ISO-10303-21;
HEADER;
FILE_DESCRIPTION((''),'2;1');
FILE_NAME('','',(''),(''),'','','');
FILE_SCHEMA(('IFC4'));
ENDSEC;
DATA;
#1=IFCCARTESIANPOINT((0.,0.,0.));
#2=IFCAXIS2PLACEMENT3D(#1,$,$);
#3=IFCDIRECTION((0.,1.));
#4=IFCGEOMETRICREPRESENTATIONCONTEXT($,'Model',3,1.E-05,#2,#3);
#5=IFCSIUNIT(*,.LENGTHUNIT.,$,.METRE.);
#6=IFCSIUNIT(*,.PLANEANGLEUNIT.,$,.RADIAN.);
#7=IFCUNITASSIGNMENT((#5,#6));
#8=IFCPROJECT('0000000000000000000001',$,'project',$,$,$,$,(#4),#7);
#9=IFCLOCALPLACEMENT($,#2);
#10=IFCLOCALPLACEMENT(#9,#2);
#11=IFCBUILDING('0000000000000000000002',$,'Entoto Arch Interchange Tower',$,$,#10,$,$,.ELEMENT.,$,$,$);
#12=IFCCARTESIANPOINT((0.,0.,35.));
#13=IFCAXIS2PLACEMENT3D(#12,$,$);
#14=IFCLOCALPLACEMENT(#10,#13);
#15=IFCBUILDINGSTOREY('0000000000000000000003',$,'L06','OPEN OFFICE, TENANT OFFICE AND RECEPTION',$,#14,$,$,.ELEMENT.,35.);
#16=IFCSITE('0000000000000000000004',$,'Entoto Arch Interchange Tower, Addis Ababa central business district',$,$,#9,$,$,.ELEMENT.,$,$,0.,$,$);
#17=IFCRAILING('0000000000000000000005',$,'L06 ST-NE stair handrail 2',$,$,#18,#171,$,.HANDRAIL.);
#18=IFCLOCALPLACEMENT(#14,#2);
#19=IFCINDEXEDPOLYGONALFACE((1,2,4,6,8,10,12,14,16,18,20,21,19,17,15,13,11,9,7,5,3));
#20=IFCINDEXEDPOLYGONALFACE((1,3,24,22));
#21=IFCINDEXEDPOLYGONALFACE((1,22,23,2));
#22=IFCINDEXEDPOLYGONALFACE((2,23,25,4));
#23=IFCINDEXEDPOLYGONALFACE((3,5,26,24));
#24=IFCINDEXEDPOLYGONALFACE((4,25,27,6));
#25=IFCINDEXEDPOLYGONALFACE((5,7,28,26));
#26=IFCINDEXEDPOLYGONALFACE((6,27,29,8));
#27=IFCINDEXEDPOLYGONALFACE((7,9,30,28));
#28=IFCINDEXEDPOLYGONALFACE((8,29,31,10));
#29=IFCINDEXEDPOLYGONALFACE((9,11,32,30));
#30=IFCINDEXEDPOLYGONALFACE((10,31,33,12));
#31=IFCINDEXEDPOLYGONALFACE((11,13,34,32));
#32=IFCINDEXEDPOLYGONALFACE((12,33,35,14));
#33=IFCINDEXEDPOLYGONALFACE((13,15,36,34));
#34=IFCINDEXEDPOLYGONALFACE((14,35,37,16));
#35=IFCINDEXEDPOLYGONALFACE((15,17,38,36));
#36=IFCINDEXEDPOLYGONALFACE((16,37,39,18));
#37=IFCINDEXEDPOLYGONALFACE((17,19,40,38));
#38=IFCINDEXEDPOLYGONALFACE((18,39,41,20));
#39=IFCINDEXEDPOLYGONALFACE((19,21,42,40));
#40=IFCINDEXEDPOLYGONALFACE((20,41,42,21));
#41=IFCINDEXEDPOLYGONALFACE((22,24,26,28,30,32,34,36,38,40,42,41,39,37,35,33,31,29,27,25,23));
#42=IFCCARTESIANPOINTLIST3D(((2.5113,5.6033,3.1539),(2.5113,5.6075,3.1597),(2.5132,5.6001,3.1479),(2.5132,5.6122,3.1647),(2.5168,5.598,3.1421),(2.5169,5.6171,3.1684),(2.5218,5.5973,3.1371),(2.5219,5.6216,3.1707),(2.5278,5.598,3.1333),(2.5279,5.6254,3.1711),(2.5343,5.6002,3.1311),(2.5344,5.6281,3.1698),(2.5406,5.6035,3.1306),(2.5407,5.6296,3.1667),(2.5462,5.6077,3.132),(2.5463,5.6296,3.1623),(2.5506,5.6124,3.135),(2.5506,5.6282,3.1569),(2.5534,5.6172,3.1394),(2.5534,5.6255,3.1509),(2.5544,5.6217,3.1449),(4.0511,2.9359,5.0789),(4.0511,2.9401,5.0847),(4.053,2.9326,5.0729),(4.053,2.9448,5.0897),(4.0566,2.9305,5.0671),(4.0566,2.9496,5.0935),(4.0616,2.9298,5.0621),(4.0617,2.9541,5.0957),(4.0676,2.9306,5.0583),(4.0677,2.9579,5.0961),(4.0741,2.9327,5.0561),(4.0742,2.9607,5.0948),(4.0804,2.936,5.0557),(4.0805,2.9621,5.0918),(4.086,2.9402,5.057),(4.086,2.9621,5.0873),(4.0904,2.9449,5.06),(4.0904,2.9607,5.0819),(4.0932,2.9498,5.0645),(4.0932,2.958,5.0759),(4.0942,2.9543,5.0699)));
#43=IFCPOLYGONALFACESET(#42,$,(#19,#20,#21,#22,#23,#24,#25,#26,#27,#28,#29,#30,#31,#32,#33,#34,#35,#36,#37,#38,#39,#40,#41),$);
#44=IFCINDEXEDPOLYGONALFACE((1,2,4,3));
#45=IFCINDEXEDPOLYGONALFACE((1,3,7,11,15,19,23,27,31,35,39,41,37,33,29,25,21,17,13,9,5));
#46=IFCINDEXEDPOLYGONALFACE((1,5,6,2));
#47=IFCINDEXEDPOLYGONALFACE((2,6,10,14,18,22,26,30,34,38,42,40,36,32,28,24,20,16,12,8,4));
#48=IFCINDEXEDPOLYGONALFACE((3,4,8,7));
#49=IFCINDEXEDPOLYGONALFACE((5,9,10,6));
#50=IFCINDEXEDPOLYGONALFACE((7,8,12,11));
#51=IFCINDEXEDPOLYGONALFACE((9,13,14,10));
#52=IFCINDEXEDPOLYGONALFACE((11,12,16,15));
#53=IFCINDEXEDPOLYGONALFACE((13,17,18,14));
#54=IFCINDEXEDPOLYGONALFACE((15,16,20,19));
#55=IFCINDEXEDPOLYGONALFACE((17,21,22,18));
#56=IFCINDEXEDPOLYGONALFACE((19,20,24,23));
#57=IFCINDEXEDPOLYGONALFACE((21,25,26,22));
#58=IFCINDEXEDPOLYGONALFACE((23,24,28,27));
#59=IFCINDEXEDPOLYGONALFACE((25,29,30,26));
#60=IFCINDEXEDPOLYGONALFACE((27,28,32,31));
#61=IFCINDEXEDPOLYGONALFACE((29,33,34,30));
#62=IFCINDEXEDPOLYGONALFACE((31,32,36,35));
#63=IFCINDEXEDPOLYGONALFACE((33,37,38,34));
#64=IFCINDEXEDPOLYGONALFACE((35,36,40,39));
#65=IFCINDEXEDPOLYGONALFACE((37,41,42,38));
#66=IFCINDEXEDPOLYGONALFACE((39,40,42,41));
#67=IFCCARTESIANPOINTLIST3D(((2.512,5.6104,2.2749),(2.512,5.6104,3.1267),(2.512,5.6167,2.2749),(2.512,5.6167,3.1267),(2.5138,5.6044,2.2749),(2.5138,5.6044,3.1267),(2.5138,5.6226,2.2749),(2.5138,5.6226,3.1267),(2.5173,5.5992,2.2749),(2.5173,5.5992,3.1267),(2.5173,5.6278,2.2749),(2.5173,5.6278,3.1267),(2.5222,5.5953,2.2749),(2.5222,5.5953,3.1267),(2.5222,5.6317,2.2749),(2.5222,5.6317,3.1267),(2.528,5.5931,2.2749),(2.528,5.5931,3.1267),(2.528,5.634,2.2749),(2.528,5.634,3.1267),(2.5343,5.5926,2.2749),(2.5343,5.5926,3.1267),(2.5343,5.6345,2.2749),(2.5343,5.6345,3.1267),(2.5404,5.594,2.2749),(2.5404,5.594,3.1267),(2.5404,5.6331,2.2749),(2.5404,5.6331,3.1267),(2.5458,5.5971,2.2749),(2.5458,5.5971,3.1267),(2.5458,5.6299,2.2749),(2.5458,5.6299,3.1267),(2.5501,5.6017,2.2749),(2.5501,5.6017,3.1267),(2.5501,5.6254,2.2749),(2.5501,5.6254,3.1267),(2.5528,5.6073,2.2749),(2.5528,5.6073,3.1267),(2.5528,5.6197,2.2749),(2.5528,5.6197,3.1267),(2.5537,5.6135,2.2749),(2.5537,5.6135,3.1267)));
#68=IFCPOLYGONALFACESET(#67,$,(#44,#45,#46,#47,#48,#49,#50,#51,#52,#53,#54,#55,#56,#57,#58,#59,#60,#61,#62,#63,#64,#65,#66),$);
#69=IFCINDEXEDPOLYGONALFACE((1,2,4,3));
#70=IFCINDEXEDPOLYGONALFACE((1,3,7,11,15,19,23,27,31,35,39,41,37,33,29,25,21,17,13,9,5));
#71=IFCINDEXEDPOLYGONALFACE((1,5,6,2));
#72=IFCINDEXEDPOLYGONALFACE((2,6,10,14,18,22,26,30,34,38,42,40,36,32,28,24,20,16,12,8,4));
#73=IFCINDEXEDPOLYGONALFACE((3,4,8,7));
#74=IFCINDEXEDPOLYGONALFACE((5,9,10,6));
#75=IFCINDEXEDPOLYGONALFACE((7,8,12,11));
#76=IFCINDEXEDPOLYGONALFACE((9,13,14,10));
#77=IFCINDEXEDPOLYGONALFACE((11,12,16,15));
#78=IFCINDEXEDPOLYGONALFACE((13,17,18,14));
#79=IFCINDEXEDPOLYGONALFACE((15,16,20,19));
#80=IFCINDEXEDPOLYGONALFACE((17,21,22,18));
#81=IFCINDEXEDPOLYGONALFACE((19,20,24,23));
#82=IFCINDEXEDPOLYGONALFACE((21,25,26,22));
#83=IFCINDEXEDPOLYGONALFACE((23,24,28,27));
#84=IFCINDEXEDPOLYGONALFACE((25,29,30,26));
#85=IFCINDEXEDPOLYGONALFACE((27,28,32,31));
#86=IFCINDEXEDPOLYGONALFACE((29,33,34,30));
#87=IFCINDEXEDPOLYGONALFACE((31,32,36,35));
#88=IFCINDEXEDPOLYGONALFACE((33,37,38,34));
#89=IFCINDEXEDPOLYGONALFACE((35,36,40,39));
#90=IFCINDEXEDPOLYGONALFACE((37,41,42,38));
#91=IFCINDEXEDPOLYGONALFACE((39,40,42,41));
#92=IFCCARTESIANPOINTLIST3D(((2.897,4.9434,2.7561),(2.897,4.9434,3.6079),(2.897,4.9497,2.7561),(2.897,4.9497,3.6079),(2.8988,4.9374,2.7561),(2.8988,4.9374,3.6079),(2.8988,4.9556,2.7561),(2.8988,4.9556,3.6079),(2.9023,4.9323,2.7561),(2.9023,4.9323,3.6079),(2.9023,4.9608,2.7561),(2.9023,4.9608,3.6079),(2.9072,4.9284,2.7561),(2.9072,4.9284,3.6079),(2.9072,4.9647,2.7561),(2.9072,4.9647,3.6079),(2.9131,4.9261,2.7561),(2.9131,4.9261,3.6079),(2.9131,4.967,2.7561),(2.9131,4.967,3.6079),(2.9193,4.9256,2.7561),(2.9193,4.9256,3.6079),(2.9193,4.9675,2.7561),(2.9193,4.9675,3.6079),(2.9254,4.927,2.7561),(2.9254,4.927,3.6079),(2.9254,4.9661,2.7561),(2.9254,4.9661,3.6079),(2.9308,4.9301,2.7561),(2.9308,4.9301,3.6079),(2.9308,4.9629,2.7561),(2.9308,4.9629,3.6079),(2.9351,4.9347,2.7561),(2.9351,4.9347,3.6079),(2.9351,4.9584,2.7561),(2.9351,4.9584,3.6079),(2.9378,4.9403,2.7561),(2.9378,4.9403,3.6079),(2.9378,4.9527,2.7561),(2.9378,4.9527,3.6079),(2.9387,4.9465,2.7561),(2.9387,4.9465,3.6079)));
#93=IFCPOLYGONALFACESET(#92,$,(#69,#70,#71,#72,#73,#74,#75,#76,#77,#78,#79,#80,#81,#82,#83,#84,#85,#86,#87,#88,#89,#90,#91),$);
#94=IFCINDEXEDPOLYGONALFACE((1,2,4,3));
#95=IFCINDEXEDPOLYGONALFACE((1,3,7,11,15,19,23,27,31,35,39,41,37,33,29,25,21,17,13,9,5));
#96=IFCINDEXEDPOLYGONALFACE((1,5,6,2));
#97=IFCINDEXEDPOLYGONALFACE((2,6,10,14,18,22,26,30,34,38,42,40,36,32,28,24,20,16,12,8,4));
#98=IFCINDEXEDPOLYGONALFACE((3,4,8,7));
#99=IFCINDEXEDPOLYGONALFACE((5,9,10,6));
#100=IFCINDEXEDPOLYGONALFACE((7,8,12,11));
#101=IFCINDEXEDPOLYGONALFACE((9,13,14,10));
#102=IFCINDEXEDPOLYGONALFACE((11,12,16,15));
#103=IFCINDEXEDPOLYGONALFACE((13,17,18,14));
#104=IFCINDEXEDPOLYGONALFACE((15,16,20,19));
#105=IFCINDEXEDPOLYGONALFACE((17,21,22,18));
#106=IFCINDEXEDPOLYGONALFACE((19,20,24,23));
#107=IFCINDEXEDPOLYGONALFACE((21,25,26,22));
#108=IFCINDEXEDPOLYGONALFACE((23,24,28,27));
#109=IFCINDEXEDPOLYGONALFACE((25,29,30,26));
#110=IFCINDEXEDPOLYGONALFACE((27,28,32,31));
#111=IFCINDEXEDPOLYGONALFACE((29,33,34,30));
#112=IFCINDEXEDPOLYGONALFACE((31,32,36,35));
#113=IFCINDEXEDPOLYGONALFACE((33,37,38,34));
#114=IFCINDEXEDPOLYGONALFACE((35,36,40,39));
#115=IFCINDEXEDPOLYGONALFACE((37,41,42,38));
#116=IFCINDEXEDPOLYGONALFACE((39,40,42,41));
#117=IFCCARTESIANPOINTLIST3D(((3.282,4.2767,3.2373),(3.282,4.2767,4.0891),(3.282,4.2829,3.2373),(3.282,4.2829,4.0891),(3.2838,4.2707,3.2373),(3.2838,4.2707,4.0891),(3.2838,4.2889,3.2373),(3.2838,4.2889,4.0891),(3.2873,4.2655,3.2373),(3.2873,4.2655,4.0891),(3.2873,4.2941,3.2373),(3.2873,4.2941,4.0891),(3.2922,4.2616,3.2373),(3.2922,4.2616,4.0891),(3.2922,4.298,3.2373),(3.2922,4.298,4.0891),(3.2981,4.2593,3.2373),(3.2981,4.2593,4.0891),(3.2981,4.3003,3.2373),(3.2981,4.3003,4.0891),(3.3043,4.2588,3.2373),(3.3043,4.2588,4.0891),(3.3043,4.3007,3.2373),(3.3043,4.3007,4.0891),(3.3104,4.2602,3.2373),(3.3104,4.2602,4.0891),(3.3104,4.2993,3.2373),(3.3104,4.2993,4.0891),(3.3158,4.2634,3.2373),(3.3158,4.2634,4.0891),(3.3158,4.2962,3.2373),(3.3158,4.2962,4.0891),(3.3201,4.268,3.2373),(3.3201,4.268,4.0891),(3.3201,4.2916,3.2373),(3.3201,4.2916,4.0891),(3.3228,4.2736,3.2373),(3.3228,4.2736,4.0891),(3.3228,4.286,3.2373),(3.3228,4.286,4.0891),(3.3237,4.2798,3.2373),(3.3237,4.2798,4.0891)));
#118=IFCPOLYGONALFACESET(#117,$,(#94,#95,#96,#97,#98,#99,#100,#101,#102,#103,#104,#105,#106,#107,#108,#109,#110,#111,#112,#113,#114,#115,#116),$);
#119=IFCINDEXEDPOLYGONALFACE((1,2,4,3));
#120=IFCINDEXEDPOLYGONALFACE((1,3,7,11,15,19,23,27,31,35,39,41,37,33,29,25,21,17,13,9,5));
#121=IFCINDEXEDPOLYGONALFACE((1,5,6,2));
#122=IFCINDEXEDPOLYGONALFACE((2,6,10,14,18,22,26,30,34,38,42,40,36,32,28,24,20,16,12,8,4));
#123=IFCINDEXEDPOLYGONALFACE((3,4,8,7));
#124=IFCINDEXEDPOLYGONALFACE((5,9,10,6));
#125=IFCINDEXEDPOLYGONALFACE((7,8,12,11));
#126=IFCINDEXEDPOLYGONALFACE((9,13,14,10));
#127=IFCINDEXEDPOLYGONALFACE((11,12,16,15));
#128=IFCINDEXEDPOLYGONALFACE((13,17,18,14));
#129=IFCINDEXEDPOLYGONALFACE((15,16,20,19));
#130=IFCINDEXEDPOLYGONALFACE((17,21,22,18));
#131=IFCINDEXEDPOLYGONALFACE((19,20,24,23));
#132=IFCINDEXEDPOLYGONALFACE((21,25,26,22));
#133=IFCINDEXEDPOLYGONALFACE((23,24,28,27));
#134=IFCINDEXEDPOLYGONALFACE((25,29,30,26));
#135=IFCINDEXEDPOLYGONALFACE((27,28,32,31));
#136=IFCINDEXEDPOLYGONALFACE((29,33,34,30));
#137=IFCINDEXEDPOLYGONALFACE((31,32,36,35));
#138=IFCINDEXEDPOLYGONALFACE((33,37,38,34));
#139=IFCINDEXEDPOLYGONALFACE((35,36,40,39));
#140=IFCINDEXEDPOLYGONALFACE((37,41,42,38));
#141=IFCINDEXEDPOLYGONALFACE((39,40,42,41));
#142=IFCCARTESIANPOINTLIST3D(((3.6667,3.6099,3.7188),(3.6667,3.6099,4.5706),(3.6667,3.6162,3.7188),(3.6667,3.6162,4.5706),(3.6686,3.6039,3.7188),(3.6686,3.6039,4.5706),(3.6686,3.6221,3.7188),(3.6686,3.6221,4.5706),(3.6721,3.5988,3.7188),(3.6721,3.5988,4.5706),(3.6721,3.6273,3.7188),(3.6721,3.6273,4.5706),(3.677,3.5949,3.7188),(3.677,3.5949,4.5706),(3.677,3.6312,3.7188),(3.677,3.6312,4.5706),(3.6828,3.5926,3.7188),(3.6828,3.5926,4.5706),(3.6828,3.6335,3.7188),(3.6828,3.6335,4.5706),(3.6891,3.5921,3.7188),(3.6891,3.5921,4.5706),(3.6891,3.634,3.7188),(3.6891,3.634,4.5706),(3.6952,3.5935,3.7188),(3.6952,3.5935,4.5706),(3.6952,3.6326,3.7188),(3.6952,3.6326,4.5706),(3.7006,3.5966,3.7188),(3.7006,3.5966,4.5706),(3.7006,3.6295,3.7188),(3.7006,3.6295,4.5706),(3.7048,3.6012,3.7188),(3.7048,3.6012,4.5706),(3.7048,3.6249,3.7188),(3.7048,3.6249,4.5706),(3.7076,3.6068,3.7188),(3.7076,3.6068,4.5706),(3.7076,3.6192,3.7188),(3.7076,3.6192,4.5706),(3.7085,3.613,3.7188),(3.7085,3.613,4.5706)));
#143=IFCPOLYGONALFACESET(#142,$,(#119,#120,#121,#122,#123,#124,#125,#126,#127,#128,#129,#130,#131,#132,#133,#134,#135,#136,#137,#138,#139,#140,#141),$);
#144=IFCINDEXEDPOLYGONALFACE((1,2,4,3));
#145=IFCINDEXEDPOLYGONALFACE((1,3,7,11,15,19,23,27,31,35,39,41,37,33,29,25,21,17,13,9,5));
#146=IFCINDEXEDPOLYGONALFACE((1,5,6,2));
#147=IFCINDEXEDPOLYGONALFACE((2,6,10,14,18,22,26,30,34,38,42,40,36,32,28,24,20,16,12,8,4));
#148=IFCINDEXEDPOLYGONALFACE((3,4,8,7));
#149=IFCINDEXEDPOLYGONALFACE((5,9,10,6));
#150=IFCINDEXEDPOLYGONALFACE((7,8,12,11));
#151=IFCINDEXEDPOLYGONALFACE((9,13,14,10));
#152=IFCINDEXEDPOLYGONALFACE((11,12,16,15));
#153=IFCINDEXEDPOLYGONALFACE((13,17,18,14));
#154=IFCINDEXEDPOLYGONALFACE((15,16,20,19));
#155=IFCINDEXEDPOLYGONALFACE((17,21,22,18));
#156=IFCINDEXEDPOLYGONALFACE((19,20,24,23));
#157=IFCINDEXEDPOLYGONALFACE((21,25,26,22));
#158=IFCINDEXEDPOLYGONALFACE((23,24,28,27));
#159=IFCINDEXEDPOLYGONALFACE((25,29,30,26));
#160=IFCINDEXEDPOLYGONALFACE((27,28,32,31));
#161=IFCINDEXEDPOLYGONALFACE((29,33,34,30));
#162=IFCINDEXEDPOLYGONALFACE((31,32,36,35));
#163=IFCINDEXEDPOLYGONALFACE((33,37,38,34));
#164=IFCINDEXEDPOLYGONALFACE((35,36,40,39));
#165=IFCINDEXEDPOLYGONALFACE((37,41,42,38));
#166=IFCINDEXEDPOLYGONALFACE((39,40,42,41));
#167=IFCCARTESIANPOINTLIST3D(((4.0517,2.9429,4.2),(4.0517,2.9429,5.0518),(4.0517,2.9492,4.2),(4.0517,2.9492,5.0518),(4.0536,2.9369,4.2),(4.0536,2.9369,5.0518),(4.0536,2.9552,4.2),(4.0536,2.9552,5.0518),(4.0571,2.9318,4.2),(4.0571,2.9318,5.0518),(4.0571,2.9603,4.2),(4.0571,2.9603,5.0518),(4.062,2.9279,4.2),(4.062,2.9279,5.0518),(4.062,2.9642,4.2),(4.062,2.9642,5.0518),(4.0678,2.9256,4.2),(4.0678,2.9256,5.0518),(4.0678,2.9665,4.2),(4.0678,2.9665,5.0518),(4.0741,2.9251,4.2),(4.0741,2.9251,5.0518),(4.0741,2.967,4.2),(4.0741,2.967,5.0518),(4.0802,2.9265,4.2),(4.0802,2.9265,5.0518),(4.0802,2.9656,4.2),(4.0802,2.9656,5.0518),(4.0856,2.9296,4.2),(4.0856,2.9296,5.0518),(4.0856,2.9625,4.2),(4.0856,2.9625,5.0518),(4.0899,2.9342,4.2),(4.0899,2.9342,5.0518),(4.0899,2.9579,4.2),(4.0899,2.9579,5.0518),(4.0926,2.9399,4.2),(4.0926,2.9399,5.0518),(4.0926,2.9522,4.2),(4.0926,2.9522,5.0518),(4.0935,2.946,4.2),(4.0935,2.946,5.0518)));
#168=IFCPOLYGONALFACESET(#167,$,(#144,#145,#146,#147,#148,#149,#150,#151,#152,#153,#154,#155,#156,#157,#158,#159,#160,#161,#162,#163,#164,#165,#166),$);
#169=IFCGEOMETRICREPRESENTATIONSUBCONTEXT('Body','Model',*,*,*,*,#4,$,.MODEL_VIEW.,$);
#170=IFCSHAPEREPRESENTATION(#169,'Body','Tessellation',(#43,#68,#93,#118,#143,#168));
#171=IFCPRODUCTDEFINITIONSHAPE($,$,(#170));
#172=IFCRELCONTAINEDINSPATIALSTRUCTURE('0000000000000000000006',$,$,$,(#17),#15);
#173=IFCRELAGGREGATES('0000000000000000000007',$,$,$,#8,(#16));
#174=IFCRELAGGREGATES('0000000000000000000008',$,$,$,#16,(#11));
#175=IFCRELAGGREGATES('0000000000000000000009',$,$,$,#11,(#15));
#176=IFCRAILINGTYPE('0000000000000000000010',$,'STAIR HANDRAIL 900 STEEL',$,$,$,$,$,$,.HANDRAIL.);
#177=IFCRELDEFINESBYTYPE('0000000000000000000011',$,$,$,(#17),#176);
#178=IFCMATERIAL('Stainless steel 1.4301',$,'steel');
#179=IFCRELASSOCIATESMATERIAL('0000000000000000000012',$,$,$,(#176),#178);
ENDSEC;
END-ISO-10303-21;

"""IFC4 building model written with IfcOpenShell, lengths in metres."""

from ifc_helpers import new_model, si_unit, direction, frame, origin, origin_2d, place, context, subcontext, project, spatial, circle, extrude, material, type_object, element, save


model = new_model("IFC4")

# Units and contexts
model_context = context("Model", 3, precision=1e-05, world=origin(), true_north=direction((0.0, 1.0)))
body_context = subcontext(model_context, "Body", "Model", "MODEL_VIEW")
ifc_project = project(units=[si_unit("LENGTHUNIT", "METRE"), si_unit("PLANEANGLEUNIT", "RADIAN")], contexts=[model_context])

# Site, building, storey
site_placement = place(None, origin())
site = spatial("IfcSite", under=ifc_project, at=site_placement, Name="Entoto Arch Interchange Tower, Addis Ababa central business district", CompositionType="ELEMENT", RefElevation=0.0)
building_placement = place(site_placement, origin())
building = spatial("IfcBuilding", under=site, at=building_placement, Name="Entoto Arch Interchange Tower", CompositionType="ELEMENT")
storey_placement = place(building_placement, frame((0.0, 0.0, 35.0)))
storey = spatial("IfcBuildingStorey", under=building, at=storey_placement, Name="L06", Description="OPEN OFFICE, TENANT OFFICE AND RECEPTION", CompositionType="ELEMENT", Elevation=35.0)

# Railing
ifc_material_1 = material(Name="Stainless steel 1.4301", Category="steel")
railing_type_1 = type_object("IfcRailingType", Name="STAIR HANDRAIL 900 STEEL", PredefinedType="HANDRAIL", material=ifc_material_1)
railing_1_placement = place(storey_placement, frame((2.5327, 5.6135, 2.2749)))
element("IfcRailing", 1, at=railing_1_placement, inside=storey, type_object=railing_type_1, Name="L06 ST-NE stair handrail 2", PredefinedType="HANDRAIL", context=body_context, shape_type="SweptSolid", body=[
    extrude(circle(Radius=0.0239, at=origin_2d()), frame((0.0, 0.0, 0.876), z_axis=(0.423939, -0.734416, 0.530008), x_axis=(0.866064, 0.499933, 0.0)), (0.0, 0.0, 1.0), 3.6321),
    extrude(circle(Radius=0.021, at=origin_2d()), origin(), (0.0, 0.0, 1.0), 0.8518),
    extrude(circle(Radius=0.021, at=origin_2d()), frame((0.385, -0.667, 0.4812)), (0.0, 0.0, 1.0), 0.8518),
    extrude(circle(Radius=0.021, at=origin_2d()), frame((0.77, -1.3337, 0.9624)), (0.0, 0.0, 1.0), 0.8518),
    extrude(circle(Radius=0.021, at=origin_2d()), frame((1.1548, -2.0005, 1.4438)), (0.0, 0.0, 1.0), 0.8518),
    extrude(circle(Radius=0.021, at=origin_2d()), frame((1.5398, -2.6675, 1.925)), (0.0, 0.0, 1.0), 0.8518),
])

save(model, "model.ifc")
